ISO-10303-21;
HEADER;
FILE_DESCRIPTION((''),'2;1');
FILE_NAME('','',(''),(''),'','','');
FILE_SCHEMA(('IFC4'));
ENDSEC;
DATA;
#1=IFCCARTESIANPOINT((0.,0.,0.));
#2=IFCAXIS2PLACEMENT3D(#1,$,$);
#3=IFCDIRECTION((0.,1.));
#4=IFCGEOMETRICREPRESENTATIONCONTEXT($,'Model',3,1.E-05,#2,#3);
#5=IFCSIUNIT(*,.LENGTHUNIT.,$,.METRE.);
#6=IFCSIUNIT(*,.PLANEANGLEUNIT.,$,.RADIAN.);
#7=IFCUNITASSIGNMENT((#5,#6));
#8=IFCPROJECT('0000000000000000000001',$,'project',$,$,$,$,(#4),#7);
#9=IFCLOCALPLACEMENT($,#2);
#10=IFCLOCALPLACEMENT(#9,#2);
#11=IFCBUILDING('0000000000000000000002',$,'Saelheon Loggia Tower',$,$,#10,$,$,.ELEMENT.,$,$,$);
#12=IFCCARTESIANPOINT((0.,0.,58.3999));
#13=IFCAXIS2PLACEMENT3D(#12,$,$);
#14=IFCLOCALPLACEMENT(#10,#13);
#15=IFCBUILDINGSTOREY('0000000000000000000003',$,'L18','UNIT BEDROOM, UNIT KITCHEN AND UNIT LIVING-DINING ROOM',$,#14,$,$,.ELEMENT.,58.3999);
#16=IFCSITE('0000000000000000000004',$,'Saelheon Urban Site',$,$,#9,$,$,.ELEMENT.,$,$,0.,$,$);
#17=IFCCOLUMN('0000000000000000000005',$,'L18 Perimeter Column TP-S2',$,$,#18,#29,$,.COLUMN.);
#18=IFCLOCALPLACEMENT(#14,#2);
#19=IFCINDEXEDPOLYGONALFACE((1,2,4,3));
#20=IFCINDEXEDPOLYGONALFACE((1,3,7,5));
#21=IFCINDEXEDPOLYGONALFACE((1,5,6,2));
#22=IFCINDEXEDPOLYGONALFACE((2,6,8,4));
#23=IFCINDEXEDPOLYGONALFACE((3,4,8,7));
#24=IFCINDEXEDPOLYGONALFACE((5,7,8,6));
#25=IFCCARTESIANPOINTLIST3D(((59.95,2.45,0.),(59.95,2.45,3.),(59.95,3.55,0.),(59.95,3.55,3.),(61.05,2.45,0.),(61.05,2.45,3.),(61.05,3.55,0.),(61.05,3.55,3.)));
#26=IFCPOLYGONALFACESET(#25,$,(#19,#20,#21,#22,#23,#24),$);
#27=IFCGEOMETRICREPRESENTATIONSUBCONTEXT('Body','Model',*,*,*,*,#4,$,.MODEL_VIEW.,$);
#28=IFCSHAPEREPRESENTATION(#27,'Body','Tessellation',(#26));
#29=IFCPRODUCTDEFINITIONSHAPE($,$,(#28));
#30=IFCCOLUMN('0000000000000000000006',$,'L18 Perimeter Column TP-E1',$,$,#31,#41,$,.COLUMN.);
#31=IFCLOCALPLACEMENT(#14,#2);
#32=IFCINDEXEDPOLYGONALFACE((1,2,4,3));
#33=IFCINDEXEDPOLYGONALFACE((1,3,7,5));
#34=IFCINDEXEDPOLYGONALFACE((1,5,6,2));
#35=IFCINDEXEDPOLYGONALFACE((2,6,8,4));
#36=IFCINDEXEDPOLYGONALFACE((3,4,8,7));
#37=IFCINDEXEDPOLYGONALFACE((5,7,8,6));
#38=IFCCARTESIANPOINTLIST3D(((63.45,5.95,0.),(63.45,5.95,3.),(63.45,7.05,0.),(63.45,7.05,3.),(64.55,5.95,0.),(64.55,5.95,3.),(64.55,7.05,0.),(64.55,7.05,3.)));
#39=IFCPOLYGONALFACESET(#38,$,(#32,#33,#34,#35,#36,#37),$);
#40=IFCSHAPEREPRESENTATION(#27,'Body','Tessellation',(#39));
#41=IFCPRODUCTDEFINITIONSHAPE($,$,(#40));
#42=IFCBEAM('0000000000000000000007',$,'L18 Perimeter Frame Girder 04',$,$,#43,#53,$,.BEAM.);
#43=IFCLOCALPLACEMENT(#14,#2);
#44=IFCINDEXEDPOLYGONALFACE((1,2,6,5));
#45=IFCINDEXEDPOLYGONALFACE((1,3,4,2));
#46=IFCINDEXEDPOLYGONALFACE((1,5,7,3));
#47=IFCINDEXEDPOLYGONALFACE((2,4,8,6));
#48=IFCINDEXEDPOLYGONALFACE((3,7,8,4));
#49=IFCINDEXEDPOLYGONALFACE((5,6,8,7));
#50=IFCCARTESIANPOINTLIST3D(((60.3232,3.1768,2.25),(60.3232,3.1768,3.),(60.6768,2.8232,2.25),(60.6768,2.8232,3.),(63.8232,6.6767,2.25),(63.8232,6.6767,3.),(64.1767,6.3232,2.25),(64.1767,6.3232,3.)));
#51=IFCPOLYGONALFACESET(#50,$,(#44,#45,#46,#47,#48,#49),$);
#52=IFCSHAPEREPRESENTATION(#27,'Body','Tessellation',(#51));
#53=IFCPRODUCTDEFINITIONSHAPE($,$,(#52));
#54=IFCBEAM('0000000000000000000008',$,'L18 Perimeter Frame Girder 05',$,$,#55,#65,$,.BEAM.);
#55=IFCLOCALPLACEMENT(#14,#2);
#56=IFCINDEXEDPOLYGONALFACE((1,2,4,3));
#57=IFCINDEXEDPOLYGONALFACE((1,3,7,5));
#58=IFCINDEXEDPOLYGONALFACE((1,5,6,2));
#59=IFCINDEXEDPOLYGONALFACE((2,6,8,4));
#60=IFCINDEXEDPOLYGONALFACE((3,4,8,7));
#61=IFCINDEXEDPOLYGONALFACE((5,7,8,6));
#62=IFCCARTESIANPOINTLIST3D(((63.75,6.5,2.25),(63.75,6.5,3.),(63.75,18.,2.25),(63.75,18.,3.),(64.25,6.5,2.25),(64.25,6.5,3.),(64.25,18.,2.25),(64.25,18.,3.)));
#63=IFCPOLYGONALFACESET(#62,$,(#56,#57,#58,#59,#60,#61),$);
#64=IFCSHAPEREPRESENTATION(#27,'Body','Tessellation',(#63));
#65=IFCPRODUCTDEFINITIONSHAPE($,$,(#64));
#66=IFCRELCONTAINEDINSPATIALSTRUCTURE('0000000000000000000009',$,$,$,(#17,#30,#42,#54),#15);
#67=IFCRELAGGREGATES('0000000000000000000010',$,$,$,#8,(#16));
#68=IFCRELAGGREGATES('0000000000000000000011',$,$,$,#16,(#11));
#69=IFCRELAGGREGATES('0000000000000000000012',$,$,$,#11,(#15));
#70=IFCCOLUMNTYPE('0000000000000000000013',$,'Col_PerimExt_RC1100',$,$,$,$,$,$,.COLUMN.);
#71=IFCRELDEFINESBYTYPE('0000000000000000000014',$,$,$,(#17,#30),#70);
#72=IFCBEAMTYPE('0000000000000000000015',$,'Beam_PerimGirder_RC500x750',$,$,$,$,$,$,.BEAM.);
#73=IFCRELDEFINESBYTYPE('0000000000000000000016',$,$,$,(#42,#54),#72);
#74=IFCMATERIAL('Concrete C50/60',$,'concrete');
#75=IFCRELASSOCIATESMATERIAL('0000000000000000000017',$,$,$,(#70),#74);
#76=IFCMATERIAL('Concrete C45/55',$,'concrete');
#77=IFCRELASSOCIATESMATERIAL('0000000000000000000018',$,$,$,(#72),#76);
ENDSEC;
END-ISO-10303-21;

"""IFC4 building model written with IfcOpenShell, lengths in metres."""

from ifc_helpers import new_model, si_unit, direction, frame, origin, origin_2d, place, context, subcontext, project, spatial, rectangle, extrude, source, transform, mapped, material, material_profile, profile_set, type_object, element, save


model = new_model("IFC4")

# Units and contexts
model_context = context("Model", 3, precision=1e-05, world=origin(), true_north=direction((0.0, 1.0)))
body_context = subcontext(model_context, "Body", "Model", "MODEL_VIEW")
ifc_project = project(units=[si_unit("LENGTHUNIT", "METRE"), si_unit("PLANEANGLEUNIT", "RADIAN")], contexts=[model_context])

# Site, building, storey
site_placement = place(None, origin())
site = spatial("IfcSite", under=ifc_project, at=site_placement, Name="Saelheon Urban Site", CompositionType="ELEMENT", RefElevation=0.0)
building_placement = place(site_placement, origin())
building = spatial("IfcBuilding", under=site, at=building_placement, Name="Saelheon Loggia Tower", CompositionType="ELEMENT")
storey_placement = place(building_placement, frame((0.0, 0.0, 58.3999)))
storey = spatial("IfcBuildingStorey", under=building, at=storey_placement, Name="L18", Description="UNIT BEDROOM, UNIT KITCHEN AND UNIT LIVING-DINING ROOM", CompositionType="ELEMENT", Elevation=58.3999)

# Columns
ifc_material_1 = material(Name="Concrete C50/60", Category="concrete")
ifc_material_profile_1 = material_profile(ifc_material_1, rectangle(XDim=1.1001, YDim=1.1001, at=origin_2d()), Name="RC-1100x1100")
ifc_profile_set_1 = profile_set([ifc_material_profile_1], Name="Concrete C50/60")
column_type = type_object("IfcColumnType", Name="Col_PerimExt_RC1100", PredefinedType="COLUMN", material=ifc_profile_set_1)
shared_shape_1 = source(origin(), body_context, "Body", "SweptSolid", [
    extrude(rectangle(XDim=1.1001, YDim=1.1001, at=origin_2d()), origin(), (0.0, 0.0, 1.0), 3.0),
])
for number, where, z_axis, x_axis, name in (
    (1, (60.5, 3.0, 0.0), (0.0, 0.0, 1.0), (1.0, 0.0, 0.0), "L18 Perimeter Column TP-S2"),
    (2, (64.0, 6.5, 0.0), (0.0, 0.0, 1.0), (1.0, 0.0, 0.0), "L18 Perimeter Column TP-E1"),
):
    element("IfcColumn", number, at=place(storey_placement, frame(where, z_axis=z_axis, x_axis=x_axis)), inside=storey, type_object=column_type, Name=name, PredefinedType="COLUMN", context=body_context, shape_type="MappedRepresentation", body=[
        mapped(shared_shape_1, transform((0.0, 0.0, 0.0), scale=1.0)),
    ])

# Beams
ifc_material_2 = material(Name="Concrete C45/55", Category="concrete")
ifc_material_profile_2 = material_profile(ifc_material_2, rectangle(XDim=0.5, YDim=0.75, at=origin_2d()), Name="RC-500x750")
ifc_profile_set_2 = profile_set([ifc_material_profile_2], Name="Concrete C45/55")
beam_type = type_object("IfcBeamType", Name="Beam_PerimGirder_RC500x750", PredefinedType="BEAM", material=ifc_profile_set_2)
shared_shape_2 = source(origin(), body_context, "Body", "SweptSolid", [
    extrude(rectangle(XDim=0.5, YDim=0.75, at=origin_2d()), origin(), (0.0, 0.0, 1.0), 4.9497),
])
beam_1_placement = place(storey_placement, frame((60.5, 3.0, 2.625), z_axis=(0.707107, 0.707107, 0.0), x_axis=(-0.707107, 0.707107, 0.0)))
element("IfcBeam", 3, at=beam_1_placement, inside=storey, type_object=beam_type, Name="L18 Perimeter Frame Girder 04", PredefinedType="BEAM", context=body_context, shape_type="MappedRepresentation", body=[
    mapped(shared_shape_2, transform((0.0, 0.0, 0.0), scale=1.0)),
])
shared_shape_3 = source(origin(), body_context, "Body", "SweptSolid", [
    extrude(rectangle(XDim=0.5, YDim=0.75, at=origin_2d()), origin(), (0.0, 0.0, 1.0), 11.5),
])
beam_2_placement = place(storey_placement, frame((64.0, 6.5, 2.625), z_axis=(0.0, 1.0, 0.0), x_axis=(-1.0, 0.0, 0.0)))
element("IfcBeam", 4, at=beam_2_placement, inside=storey, type_object=beam_type, Name="L18 Perimeter Frame Girder 05", PredefinedType="BEAM", context=body_context, shape_type="MappedRepresentation", body=[
    mapped(shared_shape_3, transform((0.0, 0.0, 0.0), scale=1.0)),
])

save(model, "model.ifc")
